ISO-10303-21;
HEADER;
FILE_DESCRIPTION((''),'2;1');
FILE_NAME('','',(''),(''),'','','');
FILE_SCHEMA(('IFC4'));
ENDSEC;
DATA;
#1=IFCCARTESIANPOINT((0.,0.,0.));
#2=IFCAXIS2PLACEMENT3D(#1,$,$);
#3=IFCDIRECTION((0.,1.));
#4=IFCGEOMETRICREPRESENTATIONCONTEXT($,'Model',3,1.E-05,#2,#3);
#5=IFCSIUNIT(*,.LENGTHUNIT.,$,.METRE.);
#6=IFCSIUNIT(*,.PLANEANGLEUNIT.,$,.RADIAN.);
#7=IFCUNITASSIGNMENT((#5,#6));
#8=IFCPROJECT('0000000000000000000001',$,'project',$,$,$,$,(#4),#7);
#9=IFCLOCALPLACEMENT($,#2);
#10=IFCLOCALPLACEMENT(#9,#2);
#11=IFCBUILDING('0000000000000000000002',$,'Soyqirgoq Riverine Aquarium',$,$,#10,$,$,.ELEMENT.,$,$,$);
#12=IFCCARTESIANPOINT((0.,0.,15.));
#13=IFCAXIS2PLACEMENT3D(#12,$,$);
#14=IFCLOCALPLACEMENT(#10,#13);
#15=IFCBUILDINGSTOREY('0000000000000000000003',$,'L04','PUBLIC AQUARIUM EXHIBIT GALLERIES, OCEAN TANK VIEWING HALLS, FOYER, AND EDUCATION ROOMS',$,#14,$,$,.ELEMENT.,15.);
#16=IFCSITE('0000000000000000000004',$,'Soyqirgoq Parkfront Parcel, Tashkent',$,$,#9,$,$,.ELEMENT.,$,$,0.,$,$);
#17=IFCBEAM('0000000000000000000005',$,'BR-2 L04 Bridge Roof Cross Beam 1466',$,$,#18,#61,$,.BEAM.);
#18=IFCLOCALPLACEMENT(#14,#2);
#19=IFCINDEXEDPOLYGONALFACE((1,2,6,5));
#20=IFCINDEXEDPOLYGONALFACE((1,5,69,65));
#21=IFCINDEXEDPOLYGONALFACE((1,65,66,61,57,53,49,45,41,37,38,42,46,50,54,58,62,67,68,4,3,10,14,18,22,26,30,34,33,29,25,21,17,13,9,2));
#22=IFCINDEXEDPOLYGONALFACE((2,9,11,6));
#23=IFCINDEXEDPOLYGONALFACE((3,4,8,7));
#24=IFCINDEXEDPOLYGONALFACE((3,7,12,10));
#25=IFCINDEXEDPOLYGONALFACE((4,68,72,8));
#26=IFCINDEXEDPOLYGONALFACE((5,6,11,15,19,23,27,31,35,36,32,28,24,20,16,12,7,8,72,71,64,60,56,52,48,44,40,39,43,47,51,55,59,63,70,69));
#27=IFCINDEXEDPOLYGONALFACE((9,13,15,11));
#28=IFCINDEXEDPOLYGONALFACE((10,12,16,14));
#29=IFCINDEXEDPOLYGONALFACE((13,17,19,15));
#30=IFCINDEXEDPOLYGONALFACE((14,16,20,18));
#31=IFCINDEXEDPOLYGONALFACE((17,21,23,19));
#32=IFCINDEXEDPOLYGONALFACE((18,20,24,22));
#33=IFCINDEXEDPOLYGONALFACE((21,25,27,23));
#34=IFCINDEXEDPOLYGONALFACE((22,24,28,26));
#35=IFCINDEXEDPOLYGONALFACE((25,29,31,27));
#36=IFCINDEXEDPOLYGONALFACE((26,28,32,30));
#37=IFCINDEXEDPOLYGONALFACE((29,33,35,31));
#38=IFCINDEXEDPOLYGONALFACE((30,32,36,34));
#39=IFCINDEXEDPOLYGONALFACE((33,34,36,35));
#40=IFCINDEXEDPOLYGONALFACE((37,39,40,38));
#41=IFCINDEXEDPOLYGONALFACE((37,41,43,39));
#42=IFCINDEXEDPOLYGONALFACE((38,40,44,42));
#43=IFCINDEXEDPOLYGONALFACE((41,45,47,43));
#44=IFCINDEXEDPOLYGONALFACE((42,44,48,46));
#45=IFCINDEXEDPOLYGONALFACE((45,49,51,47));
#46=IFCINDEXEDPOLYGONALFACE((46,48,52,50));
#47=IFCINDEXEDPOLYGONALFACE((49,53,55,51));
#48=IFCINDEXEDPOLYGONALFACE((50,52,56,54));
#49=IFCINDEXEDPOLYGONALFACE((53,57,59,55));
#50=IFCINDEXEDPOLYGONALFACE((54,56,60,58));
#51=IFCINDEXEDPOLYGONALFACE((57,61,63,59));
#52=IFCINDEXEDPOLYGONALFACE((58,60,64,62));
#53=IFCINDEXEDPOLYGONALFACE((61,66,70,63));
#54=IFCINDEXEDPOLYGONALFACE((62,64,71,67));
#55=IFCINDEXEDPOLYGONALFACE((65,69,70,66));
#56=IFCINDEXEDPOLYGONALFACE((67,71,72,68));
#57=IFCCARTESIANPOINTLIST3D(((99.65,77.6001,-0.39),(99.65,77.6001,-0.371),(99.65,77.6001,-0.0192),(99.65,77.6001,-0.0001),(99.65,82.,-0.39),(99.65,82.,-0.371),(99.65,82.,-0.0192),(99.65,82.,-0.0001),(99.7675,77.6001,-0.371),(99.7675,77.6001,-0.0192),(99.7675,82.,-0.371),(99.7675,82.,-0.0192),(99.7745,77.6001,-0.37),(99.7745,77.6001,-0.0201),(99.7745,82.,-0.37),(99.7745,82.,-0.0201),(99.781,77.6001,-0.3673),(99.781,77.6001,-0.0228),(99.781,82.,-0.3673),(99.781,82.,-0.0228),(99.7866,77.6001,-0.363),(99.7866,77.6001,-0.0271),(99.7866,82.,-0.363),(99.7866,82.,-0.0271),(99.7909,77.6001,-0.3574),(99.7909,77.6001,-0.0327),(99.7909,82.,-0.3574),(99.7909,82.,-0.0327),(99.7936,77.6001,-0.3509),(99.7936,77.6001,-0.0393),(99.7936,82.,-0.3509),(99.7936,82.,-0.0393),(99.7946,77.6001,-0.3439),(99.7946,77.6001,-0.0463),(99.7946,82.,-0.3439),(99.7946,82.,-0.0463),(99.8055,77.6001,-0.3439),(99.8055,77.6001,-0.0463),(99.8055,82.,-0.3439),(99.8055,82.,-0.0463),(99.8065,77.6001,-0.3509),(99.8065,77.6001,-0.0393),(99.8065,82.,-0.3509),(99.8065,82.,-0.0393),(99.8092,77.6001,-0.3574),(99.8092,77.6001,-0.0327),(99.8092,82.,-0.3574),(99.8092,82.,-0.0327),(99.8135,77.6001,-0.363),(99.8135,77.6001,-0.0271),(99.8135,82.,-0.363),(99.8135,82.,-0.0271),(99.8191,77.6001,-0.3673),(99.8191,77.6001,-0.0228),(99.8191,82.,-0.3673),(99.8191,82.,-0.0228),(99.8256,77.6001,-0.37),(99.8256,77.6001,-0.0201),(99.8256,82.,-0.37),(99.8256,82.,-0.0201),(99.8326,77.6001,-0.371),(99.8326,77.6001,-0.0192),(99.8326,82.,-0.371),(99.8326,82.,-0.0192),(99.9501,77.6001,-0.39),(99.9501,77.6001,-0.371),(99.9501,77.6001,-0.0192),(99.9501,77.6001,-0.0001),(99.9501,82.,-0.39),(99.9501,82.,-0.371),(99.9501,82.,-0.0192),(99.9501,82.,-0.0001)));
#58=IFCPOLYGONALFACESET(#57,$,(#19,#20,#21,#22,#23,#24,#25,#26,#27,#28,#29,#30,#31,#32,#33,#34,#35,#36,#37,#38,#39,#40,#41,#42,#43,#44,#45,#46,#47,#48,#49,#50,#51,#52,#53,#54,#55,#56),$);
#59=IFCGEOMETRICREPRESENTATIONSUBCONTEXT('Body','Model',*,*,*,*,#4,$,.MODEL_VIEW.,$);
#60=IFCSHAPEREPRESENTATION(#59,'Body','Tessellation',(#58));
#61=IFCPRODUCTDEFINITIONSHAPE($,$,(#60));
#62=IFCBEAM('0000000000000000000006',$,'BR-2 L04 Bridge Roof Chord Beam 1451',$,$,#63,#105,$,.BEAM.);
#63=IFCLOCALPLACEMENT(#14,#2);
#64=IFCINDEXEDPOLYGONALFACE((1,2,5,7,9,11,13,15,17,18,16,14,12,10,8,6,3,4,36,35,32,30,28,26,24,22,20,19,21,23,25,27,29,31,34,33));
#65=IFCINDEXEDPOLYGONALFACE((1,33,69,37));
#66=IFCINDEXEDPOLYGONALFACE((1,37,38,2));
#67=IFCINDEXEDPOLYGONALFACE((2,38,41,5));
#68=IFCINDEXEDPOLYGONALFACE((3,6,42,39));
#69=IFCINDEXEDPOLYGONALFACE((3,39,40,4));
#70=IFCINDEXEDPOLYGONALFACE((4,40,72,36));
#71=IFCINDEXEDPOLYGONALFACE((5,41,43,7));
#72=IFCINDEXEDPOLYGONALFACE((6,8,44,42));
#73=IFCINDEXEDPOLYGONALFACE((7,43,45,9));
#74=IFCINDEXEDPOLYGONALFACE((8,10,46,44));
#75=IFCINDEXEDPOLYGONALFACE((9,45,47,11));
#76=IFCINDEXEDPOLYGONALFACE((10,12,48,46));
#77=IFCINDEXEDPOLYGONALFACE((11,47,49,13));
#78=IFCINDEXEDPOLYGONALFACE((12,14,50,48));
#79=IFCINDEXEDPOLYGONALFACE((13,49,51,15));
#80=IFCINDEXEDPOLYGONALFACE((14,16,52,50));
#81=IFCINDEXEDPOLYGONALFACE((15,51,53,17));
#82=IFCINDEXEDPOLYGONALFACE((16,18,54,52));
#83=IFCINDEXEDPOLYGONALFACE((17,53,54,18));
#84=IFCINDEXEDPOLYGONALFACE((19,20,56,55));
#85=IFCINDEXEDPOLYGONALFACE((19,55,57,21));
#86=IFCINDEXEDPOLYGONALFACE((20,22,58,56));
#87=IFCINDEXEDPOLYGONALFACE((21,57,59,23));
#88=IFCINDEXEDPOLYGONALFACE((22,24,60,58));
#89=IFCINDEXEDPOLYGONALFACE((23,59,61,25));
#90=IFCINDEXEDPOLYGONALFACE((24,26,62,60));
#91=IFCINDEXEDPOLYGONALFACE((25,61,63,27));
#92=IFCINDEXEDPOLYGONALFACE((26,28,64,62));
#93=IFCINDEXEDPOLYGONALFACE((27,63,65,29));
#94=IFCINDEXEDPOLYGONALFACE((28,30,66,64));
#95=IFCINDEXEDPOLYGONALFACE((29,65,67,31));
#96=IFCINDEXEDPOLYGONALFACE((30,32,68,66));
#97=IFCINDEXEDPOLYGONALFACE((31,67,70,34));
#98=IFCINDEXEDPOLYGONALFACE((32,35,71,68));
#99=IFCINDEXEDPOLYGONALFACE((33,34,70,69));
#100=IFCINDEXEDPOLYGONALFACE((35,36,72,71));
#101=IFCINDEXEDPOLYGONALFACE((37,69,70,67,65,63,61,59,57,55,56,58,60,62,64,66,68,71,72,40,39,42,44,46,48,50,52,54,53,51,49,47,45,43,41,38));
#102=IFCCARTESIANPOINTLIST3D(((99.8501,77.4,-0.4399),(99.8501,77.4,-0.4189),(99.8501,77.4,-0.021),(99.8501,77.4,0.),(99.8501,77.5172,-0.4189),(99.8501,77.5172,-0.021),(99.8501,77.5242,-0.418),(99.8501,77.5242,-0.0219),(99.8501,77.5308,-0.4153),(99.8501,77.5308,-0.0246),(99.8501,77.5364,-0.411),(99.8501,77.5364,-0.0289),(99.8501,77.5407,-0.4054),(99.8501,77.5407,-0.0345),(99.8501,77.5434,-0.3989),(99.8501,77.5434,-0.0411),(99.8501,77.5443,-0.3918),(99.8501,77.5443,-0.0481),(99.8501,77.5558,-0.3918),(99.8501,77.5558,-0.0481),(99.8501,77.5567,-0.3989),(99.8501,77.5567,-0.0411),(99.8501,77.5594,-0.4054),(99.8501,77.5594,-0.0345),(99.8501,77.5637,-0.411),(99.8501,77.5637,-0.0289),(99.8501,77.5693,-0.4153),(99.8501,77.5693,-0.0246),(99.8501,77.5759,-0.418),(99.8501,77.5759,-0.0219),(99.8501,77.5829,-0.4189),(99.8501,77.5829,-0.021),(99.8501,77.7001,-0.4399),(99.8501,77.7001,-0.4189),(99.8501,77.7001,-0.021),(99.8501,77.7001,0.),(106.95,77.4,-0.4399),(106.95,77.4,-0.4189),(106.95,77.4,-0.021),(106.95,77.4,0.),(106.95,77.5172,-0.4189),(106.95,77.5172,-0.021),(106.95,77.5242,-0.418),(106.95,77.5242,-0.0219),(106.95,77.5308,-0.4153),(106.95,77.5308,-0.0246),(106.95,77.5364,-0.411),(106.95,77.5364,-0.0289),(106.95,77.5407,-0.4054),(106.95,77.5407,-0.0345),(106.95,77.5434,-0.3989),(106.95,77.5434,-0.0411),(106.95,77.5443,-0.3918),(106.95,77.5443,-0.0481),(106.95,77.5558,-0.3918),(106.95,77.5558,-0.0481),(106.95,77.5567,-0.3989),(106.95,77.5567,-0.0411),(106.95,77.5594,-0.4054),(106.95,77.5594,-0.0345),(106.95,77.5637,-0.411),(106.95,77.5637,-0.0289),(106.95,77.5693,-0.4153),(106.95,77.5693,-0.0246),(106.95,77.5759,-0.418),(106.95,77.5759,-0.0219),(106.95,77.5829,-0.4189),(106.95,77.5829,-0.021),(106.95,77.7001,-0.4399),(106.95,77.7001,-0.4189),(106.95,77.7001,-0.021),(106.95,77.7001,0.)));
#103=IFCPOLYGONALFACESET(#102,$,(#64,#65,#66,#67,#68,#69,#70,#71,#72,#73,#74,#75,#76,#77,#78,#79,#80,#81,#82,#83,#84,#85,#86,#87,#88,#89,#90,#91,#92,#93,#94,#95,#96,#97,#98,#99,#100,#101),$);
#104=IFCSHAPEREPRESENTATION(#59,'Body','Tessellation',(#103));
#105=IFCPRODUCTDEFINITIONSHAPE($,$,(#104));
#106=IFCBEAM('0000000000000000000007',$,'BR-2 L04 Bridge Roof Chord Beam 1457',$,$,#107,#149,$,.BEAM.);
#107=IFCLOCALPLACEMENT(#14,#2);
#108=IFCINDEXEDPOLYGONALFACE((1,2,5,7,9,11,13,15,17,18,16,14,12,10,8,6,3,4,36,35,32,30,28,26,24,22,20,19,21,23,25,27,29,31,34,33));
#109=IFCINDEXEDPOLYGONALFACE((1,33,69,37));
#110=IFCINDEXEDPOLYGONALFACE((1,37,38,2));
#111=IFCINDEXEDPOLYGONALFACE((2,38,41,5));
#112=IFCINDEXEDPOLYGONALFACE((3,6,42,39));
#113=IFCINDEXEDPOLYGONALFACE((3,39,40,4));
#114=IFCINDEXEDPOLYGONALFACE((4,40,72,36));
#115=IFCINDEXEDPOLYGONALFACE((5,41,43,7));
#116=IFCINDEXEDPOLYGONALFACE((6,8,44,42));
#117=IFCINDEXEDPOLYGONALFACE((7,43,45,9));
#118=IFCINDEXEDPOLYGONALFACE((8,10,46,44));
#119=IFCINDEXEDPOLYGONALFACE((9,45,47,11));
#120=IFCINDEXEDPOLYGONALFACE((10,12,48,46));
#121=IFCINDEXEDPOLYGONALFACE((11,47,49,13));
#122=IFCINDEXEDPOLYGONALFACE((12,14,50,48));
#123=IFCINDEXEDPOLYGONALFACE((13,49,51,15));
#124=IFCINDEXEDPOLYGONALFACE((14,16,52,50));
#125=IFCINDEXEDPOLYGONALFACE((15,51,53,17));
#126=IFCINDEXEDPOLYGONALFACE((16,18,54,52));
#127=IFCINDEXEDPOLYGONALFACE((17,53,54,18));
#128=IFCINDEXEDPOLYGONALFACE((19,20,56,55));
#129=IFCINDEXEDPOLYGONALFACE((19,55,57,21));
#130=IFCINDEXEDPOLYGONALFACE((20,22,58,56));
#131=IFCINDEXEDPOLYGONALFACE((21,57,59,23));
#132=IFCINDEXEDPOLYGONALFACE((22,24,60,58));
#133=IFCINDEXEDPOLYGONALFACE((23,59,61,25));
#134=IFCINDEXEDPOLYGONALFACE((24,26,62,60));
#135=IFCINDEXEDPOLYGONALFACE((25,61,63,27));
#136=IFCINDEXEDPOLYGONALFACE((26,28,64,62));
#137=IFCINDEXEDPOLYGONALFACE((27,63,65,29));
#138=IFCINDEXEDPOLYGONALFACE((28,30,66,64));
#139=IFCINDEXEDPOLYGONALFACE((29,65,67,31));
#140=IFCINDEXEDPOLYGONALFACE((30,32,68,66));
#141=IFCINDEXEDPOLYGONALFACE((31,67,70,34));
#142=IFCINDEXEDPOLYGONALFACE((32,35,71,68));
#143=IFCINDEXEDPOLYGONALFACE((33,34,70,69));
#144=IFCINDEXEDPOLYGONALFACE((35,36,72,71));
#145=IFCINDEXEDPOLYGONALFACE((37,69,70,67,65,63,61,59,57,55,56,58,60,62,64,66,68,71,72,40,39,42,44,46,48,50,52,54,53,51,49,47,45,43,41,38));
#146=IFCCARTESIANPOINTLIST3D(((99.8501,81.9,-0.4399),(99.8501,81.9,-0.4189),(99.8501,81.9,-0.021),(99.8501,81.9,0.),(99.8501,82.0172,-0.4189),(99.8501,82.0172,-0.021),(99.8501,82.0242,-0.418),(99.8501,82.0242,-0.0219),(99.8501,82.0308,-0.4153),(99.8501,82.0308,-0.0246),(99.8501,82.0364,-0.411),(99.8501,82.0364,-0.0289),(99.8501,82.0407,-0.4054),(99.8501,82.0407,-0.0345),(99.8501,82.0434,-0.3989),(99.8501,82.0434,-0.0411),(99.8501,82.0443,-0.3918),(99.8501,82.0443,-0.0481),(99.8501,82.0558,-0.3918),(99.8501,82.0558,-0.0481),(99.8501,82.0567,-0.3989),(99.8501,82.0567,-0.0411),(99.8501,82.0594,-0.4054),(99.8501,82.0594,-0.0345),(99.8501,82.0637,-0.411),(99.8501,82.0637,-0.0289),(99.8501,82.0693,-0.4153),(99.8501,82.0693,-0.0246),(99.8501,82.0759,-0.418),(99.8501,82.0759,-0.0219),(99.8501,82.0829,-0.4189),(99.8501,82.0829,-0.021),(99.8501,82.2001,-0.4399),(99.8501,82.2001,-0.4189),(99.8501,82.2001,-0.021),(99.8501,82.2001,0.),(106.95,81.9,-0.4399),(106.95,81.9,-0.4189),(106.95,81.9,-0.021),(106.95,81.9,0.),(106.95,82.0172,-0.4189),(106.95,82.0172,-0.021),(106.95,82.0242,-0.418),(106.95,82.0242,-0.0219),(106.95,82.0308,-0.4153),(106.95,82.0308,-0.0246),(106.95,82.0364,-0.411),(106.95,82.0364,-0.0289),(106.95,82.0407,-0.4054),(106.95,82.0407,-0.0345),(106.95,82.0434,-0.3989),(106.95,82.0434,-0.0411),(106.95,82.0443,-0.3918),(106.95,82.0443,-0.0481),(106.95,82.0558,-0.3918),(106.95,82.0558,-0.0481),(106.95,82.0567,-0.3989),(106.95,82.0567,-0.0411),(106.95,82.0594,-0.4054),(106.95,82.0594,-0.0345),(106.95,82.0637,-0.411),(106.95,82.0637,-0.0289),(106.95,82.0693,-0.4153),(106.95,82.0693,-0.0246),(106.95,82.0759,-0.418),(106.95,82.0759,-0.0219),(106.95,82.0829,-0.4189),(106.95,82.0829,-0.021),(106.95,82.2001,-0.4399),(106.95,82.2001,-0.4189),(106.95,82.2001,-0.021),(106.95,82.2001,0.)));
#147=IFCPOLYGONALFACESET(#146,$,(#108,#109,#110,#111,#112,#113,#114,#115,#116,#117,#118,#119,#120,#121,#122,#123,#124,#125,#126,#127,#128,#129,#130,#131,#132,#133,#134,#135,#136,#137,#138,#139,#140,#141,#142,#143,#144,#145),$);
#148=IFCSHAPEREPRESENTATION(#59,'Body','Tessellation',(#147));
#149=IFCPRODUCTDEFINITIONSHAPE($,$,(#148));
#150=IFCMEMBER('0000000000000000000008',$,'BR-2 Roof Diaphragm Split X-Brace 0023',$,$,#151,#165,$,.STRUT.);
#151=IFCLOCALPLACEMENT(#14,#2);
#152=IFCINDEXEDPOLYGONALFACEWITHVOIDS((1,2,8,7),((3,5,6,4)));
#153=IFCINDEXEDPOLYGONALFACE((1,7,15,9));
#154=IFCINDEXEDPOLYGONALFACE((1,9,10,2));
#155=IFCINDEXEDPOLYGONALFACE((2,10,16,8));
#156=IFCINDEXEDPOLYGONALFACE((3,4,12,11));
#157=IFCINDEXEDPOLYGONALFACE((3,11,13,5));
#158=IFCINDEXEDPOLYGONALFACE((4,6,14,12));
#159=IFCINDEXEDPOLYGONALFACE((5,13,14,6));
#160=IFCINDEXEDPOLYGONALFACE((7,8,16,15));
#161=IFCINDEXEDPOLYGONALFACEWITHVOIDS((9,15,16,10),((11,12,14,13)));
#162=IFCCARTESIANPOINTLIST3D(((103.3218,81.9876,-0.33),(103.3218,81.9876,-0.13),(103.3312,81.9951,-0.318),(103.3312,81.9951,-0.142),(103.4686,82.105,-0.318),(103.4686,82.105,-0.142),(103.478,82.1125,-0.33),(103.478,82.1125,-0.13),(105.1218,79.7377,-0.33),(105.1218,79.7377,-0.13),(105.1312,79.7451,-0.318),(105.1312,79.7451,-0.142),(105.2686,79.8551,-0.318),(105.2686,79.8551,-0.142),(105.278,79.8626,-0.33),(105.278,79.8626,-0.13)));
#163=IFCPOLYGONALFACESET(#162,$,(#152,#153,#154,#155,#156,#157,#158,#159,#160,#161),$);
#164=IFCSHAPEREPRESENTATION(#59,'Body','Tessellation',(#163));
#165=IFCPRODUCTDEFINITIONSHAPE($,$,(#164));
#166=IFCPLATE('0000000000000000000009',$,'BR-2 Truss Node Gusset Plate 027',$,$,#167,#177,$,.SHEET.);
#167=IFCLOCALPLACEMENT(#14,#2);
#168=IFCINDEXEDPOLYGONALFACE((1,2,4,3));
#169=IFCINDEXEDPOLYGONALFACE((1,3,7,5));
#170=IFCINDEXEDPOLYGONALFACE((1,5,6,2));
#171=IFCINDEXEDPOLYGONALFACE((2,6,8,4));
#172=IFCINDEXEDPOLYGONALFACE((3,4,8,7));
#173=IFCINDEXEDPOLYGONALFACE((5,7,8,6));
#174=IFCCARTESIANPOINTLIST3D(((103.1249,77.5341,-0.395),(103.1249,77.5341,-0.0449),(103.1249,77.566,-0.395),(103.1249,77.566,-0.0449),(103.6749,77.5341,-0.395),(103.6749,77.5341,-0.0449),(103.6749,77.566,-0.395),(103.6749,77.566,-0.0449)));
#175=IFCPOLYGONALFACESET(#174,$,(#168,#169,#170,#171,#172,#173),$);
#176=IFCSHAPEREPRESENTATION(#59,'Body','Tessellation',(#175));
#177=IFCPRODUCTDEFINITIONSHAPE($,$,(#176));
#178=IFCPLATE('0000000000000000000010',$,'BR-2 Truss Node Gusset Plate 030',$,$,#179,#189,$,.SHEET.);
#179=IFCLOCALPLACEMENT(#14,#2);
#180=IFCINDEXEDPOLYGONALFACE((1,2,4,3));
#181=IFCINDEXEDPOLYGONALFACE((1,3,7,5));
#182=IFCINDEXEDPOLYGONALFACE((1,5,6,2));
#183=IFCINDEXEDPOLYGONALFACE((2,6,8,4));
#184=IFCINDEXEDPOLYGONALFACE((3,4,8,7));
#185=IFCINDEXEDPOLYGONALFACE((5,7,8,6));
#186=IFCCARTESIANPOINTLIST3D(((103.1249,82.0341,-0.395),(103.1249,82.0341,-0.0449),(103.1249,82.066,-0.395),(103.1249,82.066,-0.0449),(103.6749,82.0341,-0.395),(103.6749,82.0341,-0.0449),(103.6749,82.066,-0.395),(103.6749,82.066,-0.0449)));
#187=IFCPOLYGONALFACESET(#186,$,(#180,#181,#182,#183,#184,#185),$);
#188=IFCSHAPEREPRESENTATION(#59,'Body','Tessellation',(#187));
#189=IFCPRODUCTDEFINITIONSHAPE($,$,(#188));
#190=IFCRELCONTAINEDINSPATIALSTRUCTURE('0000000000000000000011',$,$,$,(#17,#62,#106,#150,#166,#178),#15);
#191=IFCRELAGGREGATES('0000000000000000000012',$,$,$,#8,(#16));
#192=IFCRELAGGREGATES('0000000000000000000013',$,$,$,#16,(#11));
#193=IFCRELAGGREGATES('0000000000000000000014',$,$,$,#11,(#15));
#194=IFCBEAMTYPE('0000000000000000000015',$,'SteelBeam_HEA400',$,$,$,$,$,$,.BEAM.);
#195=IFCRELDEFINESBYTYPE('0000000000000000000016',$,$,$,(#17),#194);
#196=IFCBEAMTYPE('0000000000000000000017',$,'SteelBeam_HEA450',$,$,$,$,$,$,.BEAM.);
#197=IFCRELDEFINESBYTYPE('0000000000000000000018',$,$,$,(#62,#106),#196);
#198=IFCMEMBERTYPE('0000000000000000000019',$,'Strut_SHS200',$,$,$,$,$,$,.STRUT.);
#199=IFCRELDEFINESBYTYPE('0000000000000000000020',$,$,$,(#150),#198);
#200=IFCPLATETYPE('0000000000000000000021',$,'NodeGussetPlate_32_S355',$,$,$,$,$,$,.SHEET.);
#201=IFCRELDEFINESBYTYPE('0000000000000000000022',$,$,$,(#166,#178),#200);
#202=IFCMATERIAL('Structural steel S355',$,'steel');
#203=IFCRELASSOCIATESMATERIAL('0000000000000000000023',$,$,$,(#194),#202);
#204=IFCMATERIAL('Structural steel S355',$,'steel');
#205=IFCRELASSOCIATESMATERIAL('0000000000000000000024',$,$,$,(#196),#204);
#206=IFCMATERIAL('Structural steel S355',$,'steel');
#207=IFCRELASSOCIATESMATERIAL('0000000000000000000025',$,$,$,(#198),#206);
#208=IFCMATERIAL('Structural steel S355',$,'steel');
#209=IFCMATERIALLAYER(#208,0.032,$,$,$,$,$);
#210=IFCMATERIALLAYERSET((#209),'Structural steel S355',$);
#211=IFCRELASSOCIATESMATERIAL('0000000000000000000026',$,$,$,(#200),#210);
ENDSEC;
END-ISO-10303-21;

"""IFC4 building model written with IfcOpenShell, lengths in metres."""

from ifc_helpers import new_model, si_unit, direction, frame, origin, origin_2d, place, context, subcontext, project, spatial, rectangle, hollow_rectangle, i_section, extrude, material, layer, layer_set, material_profile, profile_set, type_object, element, save


model = new_model("IFC4")

# Units and contexts
model_context = context("Model", 3, precision=1e-05, world=origin(), true_north=direction((0.0, 1.0)))
body_context = subcontext(model_context, "Body", "Model", "MODEL_VIEW")
ifc_project = project(units=[si_unit("LENGTHUNIT", "METRE"), si_unit("PLANEANGLEUNIT", "RADIAN")], contexts=[model_context])

# Site, building, storey
site_placement = place(None, origin())
site = spatial("IfcSite", under=ifc_project, at=site_placement, Name="Soyqirgoq Parkfront Parcel, Tashkent", CompositionType="ELEMENT", RefElevation=0.0)
building_placement = place(site_placement, origin())
building = spatial("IfcBuilding", under=site, at=building_placement, Name="Soyqirgoq Riverine Aquarium", CompositionType="ELEMENT")
storey_placement = place(building_placement, frame((0.0, 0.0, 15.0)))
storey = spatial("IfcBuildingStorey", under=building, at=storey_placement, Name="L04", Description="PUBLIC AQUARIUM EXHIBIT GALLERIES, OCEAN TANK VIEWING HALLS, FOYER, AND EDUCATION ROOMS", CompositionType="ELEMENT", Elevation=15.0)

# Beams
ifc_material_1 = material(Name="Structural steel S355", Category="steel")
ifc_material_profile_1 = material_profile(ifc_material_1, i_section(OverallWidth=0.3, OverallDepth=0.3899, WebThickness=0.011, FlangeThickness=0.019, FilletRadius=0.0271, at=origin_2d()), Name="HEA 400")
ifc_profile_set_1 = profile_set([ifc_material_profile_1], Name="Structural steel S355")
beam_type_1 = type_object("IfcBeamType", Name="SteelBeam_HEA400", PredefinedType="BEAM", material=ifc_profile_set_1)
for number, where, z_axis, x_axis, name in (
    (1, (99.8, 77.6001, -0.1951), (0.0, 1.0, 0.0), (-1.0, 0.0, 0.0), "BR-2 L04 Bridge Roof Cross Beam 1466"),
):
    element("IfcBeam", number, at=place(storey_placement, frame(where, z_axis=z_axis, x_axis=x_axis)), inside=storey, type_object=beam_type_1, Name=name, PredefinedType="BEAM", context=body_context, shape_type="SweptSolid", body=[
        extrude(i_section(OverallWidth=0.3, OverallDepth=0.3899, WebThickness=0.011, FlangeThickness=0.019, FilletRadius=0.0271, at=origin_2d()), origin(), (0.0, 0.0, 1.0), 4.3999),
    ])
ifc_material_2 = material(Name="Structural steel S355", Category="steel")
ifc_material_profile_2 = material_profile(ifc_material_2, i_section(OverallWidth=0.3, OverallDepth=0.4399, WebThickness=0.0115, FlangeThickness=0.021, FilletRadius=0.0271, at=origin_2d()), Name="HEA 450")
ifc_profile_set_2 = profile_set([ifc_material_profile_2], Name="Structural steel S355")
beam_type_2 = type_object("IfcBeamType", Name="SteelBeam_HEA450", PredefinedType="BEAM", material=ifc_profile_set_2)
for number, where, z_axis, x_axis, name in (
    (2, (99.8501, 77.55, -0.22), (1.0, 0.0, 0.0), (0.0, 1.0, 0.0), "BR-2 L04 Bridge Roof Chord Beam 1451"),
    (3, (99.8501, 82.05, -0.22), (1.0, 0.0, 0.0), (0.0, 1.0, 0.0), "BR-2 L04 Bridge Roof Chord Beam 1457"),
):
    element("IfcBeam", number, at=place(storey_placement, frame(where, z_axis=z_axis, x_axis=x_axis)), inside=storey, type_object=beam_type_2, Name=name, PredefinedType="BEAM", context=body_context, shape_type="SweptSolid", body=[
        extrude(i_section(OverallWidth=0.3, OverallDepth=0.4399, WebThickness=0.0115, FlangeThickness=0.021, FilletRadius=0.0271, at=origin_2d()), origin(), (0.0, 0.0, 1.0), 7.0999),
    ])

# Member
ifc_material_3 = material(Name="Structural steel S355", Category="steel")
ifc_material_profile_3 = material_profile(ifc_material_3, hollow_rectangle(XDim=0.2, YDim=0.2, WallThickness=0.012, at=origin_2d()), Name="SHS 200x200x12")
ifc_profile_set_3 = profile_set([ifc_material_profile_3], Name="Structural steel S355")
member_type_1 = type_object("IfcMemberType", Name="Strut_SHS200", PredefinedType="STRUT", material=ifc_profile_set_3)
member_1_placement = place(storey_placement, frame((103.3999, 82.05, -0.23), z_axis=(0.624705, -0.780861, 0.0), x_axis=(0.780861, 0.624705, 0.0)))
element("IfcMember", 4, at=member_1_placement, inside=storey, type_object=member_type_1, Name="BR-2 Roof Diaphragm Split X-Brace 0023", PredefinedType="STRUT", context=body_context, shape_type="SweptSolid", body=[
    extrude(hollow_rectangle(XDim=0.2, YDim=0.2, WallThickness=0.012, at=origin_2d()), origin(), (0.0, 0.0, 1.0), 2.8813),
])

# Plates
ifc_material_4 = material(Name="Structural steel S355", Category="steel")
ifc_layer_1 = layer(ifc_material_4, 0.032)
ifc_layer_set_1 = layer_set([ifc_layer_1], Name="Structural steel S355")
plate_type = type_object("IfcPlateType", Name="NodeGussetPlate_32_S355", PredefinedType="SHEET", material=ifc_layer_set_1)
for number, where, z_axis, x_axis, name in (
    (5, (103.3999, 77.55, -0.395), (0.0, 0.0, 1.0), (1.0, 0.0, 0.0), "BR-2 Truss Node Gusset Plate 027"),
    (6, (103.3999, 82.05, -0.395), (0.0, 0.0, 1.0), (1.0, 0.0, 0.0), "BR-2 Truss Node Gusset Plate 030"),
):
    element("IfcPlate", number, at=place(storey_placement, frame(where, z_axis=z_axis, x_axis=x_axis)), inside=storey, type_object=plate_type, Name=name, PredefinedType="SHEET", context=body_context, shape_type="SweptSolid", body=[
        extrude(rectangle(XDim=0.55, YDim=0.032, at=origin_2d()), origin(), (0.0, 0.0, 1.0), 0.3501),
    ])

save(model, "model.ifc")
